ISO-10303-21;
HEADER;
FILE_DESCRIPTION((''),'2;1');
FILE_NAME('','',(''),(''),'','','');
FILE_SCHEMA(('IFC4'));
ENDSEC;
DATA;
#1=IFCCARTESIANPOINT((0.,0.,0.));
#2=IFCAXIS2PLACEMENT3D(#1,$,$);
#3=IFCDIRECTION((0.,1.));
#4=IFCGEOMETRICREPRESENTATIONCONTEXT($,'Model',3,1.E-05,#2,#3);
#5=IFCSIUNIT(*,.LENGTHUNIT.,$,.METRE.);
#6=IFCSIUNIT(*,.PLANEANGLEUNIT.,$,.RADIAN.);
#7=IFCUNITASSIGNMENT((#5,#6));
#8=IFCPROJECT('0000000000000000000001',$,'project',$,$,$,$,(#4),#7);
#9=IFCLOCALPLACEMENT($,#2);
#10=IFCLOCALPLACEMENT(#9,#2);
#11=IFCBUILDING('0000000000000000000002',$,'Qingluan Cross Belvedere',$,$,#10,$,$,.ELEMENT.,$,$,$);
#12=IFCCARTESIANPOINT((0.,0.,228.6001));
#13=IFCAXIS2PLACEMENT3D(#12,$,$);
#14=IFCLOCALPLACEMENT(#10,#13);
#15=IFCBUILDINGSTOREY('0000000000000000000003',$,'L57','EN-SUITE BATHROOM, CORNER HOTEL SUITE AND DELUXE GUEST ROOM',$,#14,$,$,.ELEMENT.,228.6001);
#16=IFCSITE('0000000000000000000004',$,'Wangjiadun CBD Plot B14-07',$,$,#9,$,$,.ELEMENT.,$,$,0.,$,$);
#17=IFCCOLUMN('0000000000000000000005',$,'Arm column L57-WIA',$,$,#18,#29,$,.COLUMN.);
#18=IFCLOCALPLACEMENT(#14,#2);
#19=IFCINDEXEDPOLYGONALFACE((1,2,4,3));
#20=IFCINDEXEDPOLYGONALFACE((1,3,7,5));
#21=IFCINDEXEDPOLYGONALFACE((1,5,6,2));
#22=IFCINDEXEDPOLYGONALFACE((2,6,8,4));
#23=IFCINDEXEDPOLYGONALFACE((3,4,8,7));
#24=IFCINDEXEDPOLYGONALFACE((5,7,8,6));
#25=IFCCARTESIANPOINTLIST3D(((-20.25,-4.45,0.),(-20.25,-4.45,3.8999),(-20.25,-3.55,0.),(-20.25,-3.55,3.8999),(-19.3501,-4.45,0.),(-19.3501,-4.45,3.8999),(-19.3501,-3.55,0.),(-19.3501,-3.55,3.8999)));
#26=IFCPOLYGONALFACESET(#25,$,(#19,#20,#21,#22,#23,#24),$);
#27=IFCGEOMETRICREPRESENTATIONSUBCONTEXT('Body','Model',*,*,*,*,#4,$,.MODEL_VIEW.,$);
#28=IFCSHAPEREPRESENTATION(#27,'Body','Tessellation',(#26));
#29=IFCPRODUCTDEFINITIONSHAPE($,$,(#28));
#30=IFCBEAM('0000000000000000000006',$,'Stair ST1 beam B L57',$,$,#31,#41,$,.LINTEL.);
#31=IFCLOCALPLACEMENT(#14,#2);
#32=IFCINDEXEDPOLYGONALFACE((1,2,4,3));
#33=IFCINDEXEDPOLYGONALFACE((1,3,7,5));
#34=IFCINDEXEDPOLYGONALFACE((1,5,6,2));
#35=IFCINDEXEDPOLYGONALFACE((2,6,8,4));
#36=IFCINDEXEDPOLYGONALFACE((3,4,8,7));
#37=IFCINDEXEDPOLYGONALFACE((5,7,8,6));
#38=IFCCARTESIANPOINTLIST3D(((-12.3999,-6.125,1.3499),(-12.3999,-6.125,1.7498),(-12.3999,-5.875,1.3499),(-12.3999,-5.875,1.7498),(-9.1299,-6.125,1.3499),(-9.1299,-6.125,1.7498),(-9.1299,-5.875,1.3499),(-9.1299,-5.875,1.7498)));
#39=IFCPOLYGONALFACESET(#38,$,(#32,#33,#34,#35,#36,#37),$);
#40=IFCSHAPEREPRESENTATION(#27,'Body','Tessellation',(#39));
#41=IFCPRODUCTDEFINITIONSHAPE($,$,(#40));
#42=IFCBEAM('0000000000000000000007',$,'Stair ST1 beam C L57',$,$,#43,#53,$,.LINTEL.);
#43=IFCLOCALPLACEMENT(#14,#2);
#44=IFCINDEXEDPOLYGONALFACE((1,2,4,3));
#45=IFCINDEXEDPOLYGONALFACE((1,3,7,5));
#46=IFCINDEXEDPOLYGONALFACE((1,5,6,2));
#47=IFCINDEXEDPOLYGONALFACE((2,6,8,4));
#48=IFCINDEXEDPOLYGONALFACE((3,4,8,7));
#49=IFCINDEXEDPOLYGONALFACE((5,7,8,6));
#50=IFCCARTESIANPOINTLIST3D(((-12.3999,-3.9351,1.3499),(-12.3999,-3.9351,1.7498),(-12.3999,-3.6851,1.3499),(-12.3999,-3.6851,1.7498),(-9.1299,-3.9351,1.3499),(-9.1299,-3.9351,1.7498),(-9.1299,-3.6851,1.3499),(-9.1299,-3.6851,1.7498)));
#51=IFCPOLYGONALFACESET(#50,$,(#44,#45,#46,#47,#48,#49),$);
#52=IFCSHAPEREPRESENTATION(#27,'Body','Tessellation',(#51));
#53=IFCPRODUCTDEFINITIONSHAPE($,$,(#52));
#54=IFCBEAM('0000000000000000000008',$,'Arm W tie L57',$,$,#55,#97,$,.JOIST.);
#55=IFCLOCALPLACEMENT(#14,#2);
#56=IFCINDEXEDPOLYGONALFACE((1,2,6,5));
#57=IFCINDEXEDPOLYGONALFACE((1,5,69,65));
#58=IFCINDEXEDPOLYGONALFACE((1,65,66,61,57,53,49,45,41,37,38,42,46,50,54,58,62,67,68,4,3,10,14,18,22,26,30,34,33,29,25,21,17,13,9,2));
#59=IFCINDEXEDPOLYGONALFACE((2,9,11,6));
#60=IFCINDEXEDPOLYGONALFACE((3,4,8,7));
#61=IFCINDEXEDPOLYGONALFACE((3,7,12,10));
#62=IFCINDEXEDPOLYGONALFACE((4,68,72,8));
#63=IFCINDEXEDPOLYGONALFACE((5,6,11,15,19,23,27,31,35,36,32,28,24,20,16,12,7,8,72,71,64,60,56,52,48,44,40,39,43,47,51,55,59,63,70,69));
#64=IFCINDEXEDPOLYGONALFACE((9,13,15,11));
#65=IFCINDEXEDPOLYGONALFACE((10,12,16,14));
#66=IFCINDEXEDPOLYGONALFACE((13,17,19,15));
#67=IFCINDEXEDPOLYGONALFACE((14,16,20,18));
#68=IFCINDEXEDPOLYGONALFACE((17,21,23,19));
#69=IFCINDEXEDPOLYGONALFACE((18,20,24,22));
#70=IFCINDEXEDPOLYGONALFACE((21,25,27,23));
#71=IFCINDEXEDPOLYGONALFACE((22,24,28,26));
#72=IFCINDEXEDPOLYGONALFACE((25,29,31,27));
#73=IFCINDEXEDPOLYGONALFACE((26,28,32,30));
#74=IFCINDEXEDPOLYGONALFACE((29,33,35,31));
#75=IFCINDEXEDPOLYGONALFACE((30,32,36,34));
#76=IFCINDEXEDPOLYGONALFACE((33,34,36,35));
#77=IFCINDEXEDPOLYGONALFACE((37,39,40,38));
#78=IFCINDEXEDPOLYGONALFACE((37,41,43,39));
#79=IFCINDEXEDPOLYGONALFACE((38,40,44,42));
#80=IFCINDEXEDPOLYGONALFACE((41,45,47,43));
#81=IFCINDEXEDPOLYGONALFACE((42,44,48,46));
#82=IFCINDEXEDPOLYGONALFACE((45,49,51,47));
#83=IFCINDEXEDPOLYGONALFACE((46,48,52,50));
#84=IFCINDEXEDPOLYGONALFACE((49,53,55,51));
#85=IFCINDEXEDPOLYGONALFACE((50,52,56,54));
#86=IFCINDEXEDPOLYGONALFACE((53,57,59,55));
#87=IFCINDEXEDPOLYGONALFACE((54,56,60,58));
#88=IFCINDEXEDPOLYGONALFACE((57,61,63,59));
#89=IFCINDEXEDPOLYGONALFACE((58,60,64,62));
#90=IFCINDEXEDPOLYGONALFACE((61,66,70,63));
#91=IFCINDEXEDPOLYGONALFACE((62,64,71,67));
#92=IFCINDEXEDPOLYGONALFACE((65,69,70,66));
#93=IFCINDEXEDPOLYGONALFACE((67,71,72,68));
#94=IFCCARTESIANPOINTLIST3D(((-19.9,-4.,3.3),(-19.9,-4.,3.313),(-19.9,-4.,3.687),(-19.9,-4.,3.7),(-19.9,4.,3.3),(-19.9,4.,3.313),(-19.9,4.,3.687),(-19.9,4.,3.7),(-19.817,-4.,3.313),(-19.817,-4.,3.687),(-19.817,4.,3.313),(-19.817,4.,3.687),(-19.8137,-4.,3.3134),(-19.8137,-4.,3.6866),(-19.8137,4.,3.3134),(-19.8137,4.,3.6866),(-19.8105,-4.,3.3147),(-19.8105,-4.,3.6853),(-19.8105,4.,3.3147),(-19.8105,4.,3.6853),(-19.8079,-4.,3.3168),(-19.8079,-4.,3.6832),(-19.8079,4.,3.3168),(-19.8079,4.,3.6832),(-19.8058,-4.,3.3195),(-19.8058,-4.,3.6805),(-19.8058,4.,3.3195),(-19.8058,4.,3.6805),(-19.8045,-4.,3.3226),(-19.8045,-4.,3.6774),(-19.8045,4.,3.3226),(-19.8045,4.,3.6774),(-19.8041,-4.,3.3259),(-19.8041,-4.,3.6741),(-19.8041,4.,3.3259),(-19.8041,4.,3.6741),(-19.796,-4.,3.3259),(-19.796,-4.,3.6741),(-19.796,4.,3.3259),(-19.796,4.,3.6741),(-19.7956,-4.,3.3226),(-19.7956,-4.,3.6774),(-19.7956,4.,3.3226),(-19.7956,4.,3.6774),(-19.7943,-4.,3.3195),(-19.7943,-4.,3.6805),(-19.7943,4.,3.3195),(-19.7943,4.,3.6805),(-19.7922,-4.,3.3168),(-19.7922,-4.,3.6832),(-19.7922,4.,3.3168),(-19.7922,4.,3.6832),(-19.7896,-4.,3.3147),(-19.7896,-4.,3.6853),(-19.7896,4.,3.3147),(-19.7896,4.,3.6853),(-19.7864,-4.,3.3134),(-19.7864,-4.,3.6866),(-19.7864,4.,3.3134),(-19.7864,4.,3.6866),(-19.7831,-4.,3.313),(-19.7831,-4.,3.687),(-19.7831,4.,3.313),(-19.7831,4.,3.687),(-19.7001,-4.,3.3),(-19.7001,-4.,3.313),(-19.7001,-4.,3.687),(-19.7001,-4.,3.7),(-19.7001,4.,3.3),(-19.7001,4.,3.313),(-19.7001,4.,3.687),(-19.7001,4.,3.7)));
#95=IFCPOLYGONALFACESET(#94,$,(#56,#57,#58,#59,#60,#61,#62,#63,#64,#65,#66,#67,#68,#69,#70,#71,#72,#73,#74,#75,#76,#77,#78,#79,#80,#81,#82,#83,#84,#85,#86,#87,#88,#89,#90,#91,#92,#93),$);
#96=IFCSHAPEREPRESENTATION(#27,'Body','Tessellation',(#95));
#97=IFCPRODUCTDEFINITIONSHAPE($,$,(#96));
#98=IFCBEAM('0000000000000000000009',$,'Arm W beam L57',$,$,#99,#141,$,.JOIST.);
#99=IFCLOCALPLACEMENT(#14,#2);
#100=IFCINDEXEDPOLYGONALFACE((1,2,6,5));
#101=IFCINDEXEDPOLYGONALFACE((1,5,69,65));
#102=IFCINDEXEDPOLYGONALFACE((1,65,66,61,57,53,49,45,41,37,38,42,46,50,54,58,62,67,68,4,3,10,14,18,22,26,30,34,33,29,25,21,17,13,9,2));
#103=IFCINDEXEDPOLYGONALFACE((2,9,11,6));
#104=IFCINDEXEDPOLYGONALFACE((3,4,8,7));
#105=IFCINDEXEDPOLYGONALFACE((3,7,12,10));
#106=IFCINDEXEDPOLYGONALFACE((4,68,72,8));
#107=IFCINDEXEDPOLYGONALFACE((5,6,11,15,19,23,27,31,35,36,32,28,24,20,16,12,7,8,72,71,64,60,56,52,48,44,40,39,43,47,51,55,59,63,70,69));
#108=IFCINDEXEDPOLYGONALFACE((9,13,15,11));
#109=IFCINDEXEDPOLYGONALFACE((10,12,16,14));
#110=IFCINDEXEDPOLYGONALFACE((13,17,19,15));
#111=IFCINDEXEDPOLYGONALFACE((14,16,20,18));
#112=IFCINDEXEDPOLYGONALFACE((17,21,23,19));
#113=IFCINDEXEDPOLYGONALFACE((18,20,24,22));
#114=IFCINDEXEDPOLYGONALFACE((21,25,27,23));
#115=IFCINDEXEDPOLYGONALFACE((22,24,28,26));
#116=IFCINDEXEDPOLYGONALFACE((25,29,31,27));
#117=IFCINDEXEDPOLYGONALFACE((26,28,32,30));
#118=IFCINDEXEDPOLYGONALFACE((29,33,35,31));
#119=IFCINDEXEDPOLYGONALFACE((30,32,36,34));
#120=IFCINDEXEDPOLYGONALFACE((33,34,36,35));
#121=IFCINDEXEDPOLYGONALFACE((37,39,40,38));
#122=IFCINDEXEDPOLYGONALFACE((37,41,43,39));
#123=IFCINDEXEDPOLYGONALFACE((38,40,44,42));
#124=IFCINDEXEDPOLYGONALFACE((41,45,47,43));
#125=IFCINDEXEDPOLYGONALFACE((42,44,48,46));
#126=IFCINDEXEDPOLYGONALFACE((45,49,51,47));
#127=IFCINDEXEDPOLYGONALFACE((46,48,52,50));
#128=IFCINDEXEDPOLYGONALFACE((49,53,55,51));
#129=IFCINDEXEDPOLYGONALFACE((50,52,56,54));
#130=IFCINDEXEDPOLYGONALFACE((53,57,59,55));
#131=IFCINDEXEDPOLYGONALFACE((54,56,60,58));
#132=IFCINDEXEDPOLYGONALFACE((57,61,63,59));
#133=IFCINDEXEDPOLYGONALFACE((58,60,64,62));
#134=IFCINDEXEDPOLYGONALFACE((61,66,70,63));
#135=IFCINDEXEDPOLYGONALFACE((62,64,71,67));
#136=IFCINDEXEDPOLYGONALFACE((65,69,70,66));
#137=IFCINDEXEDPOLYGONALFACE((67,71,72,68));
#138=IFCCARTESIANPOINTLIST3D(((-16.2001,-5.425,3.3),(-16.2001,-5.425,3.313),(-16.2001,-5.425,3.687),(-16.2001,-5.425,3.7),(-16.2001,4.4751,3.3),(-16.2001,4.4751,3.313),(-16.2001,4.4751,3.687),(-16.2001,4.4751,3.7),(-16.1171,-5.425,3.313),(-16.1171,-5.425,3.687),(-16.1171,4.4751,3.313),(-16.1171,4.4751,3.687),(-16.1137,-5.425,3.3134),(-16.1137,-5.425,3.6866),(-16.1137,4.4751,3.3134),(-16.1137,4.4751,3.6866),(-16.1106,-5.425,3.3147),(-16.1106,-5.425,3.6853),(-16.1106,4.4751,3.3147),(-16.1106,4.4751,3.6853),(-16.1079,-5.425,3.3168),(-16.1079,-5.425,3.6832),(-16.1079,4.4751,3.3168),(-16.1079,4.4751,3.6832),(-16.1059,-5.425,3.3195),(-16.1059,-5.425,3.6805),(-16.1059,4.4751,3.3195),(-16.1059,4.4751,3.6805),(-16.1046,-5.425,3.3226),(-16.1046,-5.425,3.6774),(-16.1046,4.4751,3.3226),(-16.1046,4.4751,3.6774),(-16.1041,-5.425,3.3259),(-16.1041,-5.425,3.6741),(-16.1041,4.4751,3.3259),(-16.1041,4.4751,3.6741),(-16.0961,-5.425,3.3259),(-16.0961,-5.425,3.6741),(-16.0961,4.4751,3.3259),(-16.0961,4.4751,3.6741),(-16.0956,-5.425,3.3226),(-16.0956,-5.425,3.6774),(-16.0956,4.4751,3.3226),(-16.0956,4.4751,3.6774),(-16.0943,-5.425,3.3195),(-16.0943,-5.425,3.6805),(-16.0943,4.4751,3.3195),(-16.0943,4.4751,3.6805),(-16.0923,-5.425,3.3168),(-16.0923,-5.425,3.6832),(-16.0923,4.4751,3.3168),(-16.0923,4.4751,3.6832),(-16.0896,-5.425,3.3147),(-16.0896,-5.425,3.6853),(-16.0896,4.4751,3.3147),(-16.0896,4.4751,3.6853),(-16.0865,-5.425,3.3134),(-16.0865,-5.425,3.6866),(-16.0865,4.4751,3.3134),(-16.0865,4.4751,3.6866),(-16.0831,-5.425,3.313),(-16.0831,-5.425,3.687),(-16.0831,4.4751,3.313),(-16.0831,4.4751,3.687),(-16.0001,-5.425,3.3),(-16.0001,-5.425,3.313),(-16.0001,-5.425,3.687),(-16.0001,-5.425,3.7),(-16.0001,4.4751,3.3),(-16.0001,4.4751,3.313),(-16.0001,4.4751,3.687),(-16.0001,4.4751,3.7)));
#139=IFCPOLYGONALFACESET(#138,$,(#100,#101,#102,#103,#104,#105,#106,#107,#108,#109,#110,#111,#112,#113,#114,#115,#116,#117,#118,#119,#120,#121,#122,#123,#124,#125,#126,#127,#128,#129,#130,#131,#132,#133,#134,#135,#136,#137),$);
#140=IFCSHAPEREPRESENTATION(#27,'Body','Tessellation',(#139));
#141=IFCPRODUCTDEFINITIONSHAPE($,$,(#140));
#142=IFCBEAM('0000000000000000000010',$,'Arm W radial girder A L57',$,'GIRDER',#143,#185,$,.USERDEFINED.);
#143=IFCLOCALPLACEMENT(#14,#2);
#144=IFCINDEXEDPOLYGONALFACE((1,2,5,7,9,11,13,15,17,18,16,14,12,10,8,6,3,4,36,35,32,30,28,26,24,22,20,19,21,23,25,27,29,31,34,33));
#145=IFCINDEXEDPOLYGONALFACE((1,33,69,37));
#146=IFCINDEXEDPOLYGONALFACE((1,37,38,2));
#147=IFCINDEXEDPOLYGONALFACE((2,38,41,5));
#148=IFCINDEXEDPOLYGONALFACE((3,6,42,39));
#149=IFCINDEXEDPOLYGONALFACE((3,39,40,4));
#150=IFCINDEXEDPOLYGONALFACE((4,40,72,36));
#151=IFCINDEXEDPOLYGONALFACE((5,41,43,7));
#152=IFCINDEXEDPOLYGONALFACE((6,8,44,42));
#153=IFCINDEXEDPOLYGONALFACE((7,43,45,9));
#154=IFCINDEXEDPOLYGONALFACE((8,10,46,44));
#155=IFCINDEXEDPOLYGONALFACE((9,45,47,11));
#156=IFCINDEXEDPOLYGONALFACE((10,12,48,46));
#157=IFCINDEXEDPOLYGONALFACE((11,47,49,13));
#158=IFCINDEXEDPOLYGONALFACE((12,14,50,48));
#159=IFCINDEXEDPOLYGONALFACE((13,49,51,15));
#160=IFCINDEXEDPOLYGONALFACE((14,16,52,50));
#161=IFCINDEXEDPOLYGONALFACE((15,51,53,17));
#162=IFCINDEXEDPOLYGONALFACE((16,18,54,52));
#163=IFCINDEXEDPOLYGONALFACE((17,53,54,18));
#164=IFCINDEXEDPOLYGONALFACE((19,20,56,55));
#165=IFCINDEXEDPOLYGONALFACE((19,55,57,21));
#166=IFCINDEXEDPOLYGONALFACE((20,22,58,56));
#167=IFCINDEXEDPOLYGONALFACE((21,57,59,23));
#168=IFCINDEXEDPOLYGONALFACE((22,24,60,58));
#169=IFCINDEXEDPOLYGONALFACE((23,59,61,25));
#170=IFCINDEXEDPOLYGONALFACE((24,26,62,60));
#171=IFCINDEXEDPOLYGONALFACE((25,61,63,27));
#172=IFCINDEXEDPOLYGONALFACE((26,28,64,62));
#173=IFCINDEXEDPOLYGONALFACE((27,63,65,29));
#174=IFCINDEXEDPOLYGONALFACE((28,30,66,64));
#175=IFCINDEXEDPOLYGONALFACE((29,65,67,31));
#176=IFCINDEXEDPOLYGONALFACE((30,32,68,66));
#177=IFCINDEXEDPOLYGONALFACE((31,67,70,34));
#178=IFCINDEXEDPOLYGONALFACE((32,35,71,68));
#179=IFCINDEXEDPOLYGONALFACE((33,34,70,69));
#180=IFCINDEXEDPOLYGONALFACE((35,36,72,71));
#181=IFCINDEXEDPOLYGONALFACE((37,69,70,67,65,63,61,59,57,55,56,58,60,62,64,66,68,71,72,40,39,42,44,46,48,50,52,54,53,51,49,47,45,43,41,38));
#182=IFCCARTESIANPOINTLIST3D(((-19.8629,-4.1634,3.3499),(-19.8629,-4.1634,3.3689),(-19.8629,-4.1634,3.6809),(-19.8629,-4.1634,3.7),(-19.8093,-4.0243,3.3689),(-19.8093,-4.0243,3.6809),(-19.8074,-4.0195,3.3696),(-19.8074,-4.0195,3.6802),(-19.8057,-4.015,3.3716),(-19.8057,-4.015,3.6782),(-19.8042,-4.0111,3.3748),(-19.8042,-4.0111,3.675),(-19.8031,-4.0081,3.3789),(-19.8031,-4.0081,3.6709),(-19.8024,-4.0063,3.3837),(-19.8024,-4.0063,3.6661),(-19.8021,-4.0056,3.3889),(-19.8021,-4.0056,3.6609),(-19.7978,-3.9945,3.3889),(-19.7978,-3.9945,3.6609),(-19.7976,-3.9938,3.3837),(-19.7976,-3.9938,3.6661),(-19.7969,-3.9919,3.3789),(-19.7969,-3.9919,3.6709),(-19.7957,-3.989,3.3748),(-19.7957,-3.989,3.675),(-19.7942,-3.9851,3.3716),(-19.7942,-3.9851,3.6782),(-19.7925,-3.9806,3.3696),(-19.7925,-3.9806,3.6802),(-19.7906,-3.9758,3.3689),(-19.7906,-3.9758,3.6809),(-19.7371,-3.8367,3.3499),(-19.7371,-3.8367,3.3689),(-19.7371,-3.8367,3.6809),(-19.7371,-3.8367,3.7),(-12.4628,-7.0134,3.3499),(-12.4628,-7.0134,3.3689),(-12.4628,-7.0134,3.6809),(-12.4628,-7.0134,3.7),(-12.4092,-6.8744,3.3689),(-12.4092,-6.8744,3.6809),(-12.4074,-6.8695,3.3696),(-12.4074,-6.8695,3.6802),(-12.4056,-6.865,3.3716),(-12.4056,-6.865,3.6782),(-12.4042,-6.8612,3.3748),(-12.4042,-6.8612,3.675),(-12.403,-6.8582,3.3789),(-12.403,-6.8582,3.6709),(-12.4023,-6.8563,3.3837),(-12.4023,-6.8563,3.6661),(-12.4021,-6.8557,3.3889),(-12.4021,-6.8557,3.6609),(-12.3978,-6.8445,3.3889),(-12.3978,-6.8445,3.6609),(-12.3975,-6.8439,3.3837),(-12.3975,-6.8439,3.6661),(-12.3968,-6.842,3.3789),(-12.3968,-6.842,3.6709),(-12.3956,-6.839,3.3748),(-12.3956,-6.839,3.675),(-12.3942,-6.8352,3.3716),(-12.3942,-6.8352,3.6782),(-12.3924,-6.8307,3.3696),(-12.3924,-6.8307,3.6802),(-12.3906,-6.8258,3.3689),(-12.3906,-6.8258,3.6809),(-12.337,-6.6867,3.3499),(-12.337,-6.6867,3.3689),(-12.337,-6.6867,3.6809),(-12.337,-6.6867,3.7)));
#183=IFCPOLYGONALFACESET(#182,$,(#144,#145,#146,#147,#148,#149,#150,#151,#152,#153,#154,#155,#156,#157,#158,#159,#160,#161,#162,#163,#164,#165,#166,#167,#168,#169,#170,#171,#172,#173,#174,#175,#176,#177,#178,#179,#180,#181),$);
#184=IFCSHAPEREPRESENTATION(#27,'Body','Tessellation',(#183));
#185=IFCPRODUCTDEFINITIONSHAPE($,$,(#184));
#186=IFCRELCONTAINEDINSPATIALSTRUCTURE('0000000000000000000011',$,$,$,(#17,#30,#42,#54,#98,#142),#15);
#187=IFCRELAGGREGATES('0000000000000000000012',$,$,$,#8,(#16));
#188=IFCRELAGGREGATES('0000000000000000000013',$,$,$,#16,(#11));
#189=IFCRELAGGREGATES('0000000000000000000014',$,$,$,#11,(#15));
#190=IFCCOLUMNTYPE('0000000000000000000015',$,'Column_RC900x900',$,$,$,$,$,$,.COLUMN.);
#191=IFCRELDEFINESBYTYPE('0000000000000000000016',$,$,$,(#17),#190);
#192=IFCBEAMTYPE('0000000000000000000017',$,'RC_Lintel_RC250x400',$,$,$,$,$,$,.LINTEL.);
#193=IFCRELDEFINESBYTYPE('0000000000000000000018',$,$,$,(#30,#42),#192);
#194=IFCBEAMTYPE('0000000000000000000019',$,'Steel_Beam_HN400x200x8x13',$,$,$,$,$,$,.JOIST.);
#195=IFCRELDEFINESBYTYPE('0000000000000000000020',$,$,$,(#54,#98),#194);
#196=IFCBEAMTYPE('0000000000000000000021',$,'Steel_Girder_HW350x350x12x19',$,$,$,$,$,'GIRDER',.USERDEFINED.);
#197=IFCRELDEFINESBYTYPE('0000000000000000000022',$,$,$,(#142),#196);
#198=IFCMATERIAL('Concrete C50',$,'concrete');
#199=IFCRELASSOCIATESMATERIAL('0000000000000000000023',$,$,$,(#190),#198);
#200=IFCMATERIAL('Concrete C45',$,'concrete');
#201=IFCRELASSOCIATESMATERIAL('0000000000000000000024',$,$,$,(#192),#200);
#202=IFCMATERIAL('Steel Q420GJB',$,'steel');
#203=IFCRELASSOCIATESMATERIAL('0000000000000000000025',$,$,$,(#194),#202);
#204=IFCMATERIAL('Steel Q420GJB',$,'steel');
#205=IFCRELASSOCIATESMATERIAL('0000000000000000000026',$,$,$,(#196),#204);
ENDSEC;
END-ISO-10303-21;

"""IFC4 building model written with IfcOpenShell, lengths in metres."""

from ifc_helpers import new_model, si_unit, direction, frame, origin, origin_2d, place, context, subcontext, project, spatial, rectangle, i_section, extrude, material, material_profile, profile_set, type_object, element, save


model = new_model("IFC4")

# Units and contexts
model_context = context("Model", 3, precision=1e-05, world=origin(), true_north=direction((0.0, 1.0)))
body_context = subcontext(model_context, "Body", "Model", "MODEL_VIEW")
ifc_project = project(units=[si_unit("LENGTHUNIT", "METRE"), si_unit("PLANEANGLEUNIT", "RADIAN")], contexts=[model_context])

# Site, building, storey
site_placement = place(None, origin())
site = spatial("IfcSite", under=ifc_project, at=site_placement, Name="Wangjiadun CBD Plot B14-07", CompositionType="ELEMENT", RefElevation=0.0)
building_placement = place(site_placement, origin())
building = spatial("IfcBuilding", under=site, at=building_placement, Name="Qingluan Cross Belvedere", CompositionType="ELEMENT")
storey_placement = place(building_placement, frame((0.0, 0.0, 228.6001)))
storey = spatial("IfcBuildingStorey", under=building, at=storey_placement, Name="L57", Description="EN-SUITE BATHROOM, CORNER HOTEL SUITE AND DELUXE GUEST ROOM", CompositionType="ELEMENT", Elevation=228.6001)

# Column
ifc_material_1 = material(Name="Concrete C50", Category="concrete")
ifc_material_profile_1 = material_profile(ifc_material_1, rectangle(XDim=0.8999, YDim=0.8999, at=origin_2d()), Name="RC900x900")
ifc_profile_set_1 = profile_set([ifc_material_profile_1], Name="Concrete C50")
column_type = type_object("IfcColumnType", Name="Column_RC900x900", PredefinedType="COLUMN", material=ifc_profile_set_1)
column_placement = place(storey_placement, frame((-19.8, -4.0, 0.0), z_axis=(0.0, 0.0, 1.0), x_axis=(1.0, 0.0, 0.0)))
element("IfcColumn", 1, at=column_placement, inside=storey, type_object=column_type, Name="Arm column L57-WIA", PredefinedType="COLUMN", context=body_context, shape_type="SweptSolid", body=[
    extrude(rectangle(XDim=0.8999, YDim=0.8999, at=origin_2d()), origin(), (0.0, 0.0, 1.0), 3.8999),
])

# Beams
ifc_material_2 = material(Name="Concrete C45", Category="concrete")
ifc_material_profile_2 = material_profile(ifc_material_2, rectangle(XDim=0.25, YDim=0.3999, at=origin_2d()), Name="RC250x400")
ifc_profile_set_2 = profile_set([ifc_material_profile_2], Name="Concrete C45")
beam_type_1 = type_object("IfcBeamType", Name="RC_Lintel_RC250x400", PredefinedType="LINTEL", material=ifc_profile_set_2)
for number, where, z_axis, x_axis, name in (
    (2, (-12.3999, -6.0, 1.5498), (1.0, 0.0, 0.0), (0.0, 1.0, 0.0), "Stair ST1 beam B L57"),
    (3, (-12.3999, -3.8101, 1.5498), (1.0, 0.0, 0.0), (0.0, 1.0, 0.0), "Stair ST1 beam C L57"),
):
    element("IfcBeam", number, at=place(storey_placement, frame(where, z_axis=z_axis, x_axis=x_axis)), inside=storey, type_object=beam_type_1, Name=name, PredefinedType="LINTEL", context=body_context, shape_type="SweptSolid", body=[
        extrude(rectangle(XDim=0.25, YDim=0.3999, at=origin_2d()), origin(), (0.0, 0.0, 1.0), 3.27),
    ])
ifc_material_3 = material(Name="Steel Q420GJB", Category="steel")
ifc_material_profile_3 = material_profile(ifc_material_3, i_section(OverallWidth=0.2, OverallDepth=0.3999, WebThickness=0.0081, FlangeThickness=0.0129, FilletRadius=0.0129, at=origin_2d()), Name="HN400x200x8x13")
ifc_profile_set_3 = profile_set([ifc_material_profile_3], Name="Steel Q420GJB")
beam_type_2 = type_object("IfcBeamType", Name="Steel_Beam_HN400x200x8x13", PredefinedType="JOIST", material=ifc_profile_set_3)
beam_1_placement = place(storey_placement, frame((-19.8, -4.0, 3.5), z_axis=(0.0, 1.0, 0.0), x_axis=(-1.0, 0.0, 0.0)))
element("IfcBeam", 4, at=beam_1_placement, inside=storey, type_object=beam_type_2, Name="Arm W tie L57", PredefinedType="JOIST", context=body_context, shape_type="SweptSolid", body=[
    extrude(i_section(OverallWidth=0.2, OverallDepth=0.3999, WebThickness=0.0081, FlangeThickness=0.0129, FilletRadius=0.0129, at=origin_2d()), origin(), (0.0, 0.0, 1.0), 8.0),
])
beam_2_placement = place(storey_placement, frame((-16.1001, -5.425, 3.5), z_axis=(0.0, 1.0, 0.0), x_axis=(-1.0, 0.0, 0.0)))
element("IfcBeam", 5, at=beam_2_placement, inside=storey, type_object=beam_type_2, Name="Arm W beam L57", PredefinedType="JOIST", context=body_context, shape_type="SweptSolid", body=[
    extrude(i_section(OverallWidth=0.2, OverallDepth=0.3999, WebThickness=0.0081, FlangeThickness=0.0129, FilletRadius=0.0129, at=origin_2d()), origin(), (0.0, 0.0, 1.0), 9.9001),
])
ifc_material_4 = material(Name="Steel Q420GJB", Category="steel")
ifc_material_profile_4 = material_profile(ifc_material_4, i_section(OverallWidth=0.3501, OverallDepth=0.3501, WebThickness=0.012, FlangeThickness=0.019, FilletRadius=0.02, at=origin_2d()), Name="HW350x350x12x19")
ifc_profile_set_4 = profile_set([ifc_material_profile_4], Name="Steel Q420GJB")
beam_type_3 = type_object("IfcBeamType", Name="Steel_Girder_HW350x350x12x19", ElementType="GIRDER", PredefinedType="USERDEFINED", material=ifc_profile_set_4)
beam_3_placement = place(storey_placement, frame((-12.3999, -6.8501, 3.5249), z_axis=(-0.933181, 0.359406, 0.0), x_axis=(-0.359406, -0.933181, 0.0)))
element("IfcBeam", 6, at=beam_3_placement, inside=storey, type_object=beam_type_3, Name="Arm W radial girder A L57", ObjectType="GIRDER", PredefinedType="USERDEFINED", context=body_context, shape_type="SweptSolid", body=[
    extrude(i_section(OverallWidth=0.3501, OverallDepth=0.3501, WebThickness=0.012, FlangeThickness=0.019, FilletRadius=0.02, at=origin_2d()), origin(), (0.0, 0.0, 1.0), 7.9299),
])

save(model, "model.ifc")
